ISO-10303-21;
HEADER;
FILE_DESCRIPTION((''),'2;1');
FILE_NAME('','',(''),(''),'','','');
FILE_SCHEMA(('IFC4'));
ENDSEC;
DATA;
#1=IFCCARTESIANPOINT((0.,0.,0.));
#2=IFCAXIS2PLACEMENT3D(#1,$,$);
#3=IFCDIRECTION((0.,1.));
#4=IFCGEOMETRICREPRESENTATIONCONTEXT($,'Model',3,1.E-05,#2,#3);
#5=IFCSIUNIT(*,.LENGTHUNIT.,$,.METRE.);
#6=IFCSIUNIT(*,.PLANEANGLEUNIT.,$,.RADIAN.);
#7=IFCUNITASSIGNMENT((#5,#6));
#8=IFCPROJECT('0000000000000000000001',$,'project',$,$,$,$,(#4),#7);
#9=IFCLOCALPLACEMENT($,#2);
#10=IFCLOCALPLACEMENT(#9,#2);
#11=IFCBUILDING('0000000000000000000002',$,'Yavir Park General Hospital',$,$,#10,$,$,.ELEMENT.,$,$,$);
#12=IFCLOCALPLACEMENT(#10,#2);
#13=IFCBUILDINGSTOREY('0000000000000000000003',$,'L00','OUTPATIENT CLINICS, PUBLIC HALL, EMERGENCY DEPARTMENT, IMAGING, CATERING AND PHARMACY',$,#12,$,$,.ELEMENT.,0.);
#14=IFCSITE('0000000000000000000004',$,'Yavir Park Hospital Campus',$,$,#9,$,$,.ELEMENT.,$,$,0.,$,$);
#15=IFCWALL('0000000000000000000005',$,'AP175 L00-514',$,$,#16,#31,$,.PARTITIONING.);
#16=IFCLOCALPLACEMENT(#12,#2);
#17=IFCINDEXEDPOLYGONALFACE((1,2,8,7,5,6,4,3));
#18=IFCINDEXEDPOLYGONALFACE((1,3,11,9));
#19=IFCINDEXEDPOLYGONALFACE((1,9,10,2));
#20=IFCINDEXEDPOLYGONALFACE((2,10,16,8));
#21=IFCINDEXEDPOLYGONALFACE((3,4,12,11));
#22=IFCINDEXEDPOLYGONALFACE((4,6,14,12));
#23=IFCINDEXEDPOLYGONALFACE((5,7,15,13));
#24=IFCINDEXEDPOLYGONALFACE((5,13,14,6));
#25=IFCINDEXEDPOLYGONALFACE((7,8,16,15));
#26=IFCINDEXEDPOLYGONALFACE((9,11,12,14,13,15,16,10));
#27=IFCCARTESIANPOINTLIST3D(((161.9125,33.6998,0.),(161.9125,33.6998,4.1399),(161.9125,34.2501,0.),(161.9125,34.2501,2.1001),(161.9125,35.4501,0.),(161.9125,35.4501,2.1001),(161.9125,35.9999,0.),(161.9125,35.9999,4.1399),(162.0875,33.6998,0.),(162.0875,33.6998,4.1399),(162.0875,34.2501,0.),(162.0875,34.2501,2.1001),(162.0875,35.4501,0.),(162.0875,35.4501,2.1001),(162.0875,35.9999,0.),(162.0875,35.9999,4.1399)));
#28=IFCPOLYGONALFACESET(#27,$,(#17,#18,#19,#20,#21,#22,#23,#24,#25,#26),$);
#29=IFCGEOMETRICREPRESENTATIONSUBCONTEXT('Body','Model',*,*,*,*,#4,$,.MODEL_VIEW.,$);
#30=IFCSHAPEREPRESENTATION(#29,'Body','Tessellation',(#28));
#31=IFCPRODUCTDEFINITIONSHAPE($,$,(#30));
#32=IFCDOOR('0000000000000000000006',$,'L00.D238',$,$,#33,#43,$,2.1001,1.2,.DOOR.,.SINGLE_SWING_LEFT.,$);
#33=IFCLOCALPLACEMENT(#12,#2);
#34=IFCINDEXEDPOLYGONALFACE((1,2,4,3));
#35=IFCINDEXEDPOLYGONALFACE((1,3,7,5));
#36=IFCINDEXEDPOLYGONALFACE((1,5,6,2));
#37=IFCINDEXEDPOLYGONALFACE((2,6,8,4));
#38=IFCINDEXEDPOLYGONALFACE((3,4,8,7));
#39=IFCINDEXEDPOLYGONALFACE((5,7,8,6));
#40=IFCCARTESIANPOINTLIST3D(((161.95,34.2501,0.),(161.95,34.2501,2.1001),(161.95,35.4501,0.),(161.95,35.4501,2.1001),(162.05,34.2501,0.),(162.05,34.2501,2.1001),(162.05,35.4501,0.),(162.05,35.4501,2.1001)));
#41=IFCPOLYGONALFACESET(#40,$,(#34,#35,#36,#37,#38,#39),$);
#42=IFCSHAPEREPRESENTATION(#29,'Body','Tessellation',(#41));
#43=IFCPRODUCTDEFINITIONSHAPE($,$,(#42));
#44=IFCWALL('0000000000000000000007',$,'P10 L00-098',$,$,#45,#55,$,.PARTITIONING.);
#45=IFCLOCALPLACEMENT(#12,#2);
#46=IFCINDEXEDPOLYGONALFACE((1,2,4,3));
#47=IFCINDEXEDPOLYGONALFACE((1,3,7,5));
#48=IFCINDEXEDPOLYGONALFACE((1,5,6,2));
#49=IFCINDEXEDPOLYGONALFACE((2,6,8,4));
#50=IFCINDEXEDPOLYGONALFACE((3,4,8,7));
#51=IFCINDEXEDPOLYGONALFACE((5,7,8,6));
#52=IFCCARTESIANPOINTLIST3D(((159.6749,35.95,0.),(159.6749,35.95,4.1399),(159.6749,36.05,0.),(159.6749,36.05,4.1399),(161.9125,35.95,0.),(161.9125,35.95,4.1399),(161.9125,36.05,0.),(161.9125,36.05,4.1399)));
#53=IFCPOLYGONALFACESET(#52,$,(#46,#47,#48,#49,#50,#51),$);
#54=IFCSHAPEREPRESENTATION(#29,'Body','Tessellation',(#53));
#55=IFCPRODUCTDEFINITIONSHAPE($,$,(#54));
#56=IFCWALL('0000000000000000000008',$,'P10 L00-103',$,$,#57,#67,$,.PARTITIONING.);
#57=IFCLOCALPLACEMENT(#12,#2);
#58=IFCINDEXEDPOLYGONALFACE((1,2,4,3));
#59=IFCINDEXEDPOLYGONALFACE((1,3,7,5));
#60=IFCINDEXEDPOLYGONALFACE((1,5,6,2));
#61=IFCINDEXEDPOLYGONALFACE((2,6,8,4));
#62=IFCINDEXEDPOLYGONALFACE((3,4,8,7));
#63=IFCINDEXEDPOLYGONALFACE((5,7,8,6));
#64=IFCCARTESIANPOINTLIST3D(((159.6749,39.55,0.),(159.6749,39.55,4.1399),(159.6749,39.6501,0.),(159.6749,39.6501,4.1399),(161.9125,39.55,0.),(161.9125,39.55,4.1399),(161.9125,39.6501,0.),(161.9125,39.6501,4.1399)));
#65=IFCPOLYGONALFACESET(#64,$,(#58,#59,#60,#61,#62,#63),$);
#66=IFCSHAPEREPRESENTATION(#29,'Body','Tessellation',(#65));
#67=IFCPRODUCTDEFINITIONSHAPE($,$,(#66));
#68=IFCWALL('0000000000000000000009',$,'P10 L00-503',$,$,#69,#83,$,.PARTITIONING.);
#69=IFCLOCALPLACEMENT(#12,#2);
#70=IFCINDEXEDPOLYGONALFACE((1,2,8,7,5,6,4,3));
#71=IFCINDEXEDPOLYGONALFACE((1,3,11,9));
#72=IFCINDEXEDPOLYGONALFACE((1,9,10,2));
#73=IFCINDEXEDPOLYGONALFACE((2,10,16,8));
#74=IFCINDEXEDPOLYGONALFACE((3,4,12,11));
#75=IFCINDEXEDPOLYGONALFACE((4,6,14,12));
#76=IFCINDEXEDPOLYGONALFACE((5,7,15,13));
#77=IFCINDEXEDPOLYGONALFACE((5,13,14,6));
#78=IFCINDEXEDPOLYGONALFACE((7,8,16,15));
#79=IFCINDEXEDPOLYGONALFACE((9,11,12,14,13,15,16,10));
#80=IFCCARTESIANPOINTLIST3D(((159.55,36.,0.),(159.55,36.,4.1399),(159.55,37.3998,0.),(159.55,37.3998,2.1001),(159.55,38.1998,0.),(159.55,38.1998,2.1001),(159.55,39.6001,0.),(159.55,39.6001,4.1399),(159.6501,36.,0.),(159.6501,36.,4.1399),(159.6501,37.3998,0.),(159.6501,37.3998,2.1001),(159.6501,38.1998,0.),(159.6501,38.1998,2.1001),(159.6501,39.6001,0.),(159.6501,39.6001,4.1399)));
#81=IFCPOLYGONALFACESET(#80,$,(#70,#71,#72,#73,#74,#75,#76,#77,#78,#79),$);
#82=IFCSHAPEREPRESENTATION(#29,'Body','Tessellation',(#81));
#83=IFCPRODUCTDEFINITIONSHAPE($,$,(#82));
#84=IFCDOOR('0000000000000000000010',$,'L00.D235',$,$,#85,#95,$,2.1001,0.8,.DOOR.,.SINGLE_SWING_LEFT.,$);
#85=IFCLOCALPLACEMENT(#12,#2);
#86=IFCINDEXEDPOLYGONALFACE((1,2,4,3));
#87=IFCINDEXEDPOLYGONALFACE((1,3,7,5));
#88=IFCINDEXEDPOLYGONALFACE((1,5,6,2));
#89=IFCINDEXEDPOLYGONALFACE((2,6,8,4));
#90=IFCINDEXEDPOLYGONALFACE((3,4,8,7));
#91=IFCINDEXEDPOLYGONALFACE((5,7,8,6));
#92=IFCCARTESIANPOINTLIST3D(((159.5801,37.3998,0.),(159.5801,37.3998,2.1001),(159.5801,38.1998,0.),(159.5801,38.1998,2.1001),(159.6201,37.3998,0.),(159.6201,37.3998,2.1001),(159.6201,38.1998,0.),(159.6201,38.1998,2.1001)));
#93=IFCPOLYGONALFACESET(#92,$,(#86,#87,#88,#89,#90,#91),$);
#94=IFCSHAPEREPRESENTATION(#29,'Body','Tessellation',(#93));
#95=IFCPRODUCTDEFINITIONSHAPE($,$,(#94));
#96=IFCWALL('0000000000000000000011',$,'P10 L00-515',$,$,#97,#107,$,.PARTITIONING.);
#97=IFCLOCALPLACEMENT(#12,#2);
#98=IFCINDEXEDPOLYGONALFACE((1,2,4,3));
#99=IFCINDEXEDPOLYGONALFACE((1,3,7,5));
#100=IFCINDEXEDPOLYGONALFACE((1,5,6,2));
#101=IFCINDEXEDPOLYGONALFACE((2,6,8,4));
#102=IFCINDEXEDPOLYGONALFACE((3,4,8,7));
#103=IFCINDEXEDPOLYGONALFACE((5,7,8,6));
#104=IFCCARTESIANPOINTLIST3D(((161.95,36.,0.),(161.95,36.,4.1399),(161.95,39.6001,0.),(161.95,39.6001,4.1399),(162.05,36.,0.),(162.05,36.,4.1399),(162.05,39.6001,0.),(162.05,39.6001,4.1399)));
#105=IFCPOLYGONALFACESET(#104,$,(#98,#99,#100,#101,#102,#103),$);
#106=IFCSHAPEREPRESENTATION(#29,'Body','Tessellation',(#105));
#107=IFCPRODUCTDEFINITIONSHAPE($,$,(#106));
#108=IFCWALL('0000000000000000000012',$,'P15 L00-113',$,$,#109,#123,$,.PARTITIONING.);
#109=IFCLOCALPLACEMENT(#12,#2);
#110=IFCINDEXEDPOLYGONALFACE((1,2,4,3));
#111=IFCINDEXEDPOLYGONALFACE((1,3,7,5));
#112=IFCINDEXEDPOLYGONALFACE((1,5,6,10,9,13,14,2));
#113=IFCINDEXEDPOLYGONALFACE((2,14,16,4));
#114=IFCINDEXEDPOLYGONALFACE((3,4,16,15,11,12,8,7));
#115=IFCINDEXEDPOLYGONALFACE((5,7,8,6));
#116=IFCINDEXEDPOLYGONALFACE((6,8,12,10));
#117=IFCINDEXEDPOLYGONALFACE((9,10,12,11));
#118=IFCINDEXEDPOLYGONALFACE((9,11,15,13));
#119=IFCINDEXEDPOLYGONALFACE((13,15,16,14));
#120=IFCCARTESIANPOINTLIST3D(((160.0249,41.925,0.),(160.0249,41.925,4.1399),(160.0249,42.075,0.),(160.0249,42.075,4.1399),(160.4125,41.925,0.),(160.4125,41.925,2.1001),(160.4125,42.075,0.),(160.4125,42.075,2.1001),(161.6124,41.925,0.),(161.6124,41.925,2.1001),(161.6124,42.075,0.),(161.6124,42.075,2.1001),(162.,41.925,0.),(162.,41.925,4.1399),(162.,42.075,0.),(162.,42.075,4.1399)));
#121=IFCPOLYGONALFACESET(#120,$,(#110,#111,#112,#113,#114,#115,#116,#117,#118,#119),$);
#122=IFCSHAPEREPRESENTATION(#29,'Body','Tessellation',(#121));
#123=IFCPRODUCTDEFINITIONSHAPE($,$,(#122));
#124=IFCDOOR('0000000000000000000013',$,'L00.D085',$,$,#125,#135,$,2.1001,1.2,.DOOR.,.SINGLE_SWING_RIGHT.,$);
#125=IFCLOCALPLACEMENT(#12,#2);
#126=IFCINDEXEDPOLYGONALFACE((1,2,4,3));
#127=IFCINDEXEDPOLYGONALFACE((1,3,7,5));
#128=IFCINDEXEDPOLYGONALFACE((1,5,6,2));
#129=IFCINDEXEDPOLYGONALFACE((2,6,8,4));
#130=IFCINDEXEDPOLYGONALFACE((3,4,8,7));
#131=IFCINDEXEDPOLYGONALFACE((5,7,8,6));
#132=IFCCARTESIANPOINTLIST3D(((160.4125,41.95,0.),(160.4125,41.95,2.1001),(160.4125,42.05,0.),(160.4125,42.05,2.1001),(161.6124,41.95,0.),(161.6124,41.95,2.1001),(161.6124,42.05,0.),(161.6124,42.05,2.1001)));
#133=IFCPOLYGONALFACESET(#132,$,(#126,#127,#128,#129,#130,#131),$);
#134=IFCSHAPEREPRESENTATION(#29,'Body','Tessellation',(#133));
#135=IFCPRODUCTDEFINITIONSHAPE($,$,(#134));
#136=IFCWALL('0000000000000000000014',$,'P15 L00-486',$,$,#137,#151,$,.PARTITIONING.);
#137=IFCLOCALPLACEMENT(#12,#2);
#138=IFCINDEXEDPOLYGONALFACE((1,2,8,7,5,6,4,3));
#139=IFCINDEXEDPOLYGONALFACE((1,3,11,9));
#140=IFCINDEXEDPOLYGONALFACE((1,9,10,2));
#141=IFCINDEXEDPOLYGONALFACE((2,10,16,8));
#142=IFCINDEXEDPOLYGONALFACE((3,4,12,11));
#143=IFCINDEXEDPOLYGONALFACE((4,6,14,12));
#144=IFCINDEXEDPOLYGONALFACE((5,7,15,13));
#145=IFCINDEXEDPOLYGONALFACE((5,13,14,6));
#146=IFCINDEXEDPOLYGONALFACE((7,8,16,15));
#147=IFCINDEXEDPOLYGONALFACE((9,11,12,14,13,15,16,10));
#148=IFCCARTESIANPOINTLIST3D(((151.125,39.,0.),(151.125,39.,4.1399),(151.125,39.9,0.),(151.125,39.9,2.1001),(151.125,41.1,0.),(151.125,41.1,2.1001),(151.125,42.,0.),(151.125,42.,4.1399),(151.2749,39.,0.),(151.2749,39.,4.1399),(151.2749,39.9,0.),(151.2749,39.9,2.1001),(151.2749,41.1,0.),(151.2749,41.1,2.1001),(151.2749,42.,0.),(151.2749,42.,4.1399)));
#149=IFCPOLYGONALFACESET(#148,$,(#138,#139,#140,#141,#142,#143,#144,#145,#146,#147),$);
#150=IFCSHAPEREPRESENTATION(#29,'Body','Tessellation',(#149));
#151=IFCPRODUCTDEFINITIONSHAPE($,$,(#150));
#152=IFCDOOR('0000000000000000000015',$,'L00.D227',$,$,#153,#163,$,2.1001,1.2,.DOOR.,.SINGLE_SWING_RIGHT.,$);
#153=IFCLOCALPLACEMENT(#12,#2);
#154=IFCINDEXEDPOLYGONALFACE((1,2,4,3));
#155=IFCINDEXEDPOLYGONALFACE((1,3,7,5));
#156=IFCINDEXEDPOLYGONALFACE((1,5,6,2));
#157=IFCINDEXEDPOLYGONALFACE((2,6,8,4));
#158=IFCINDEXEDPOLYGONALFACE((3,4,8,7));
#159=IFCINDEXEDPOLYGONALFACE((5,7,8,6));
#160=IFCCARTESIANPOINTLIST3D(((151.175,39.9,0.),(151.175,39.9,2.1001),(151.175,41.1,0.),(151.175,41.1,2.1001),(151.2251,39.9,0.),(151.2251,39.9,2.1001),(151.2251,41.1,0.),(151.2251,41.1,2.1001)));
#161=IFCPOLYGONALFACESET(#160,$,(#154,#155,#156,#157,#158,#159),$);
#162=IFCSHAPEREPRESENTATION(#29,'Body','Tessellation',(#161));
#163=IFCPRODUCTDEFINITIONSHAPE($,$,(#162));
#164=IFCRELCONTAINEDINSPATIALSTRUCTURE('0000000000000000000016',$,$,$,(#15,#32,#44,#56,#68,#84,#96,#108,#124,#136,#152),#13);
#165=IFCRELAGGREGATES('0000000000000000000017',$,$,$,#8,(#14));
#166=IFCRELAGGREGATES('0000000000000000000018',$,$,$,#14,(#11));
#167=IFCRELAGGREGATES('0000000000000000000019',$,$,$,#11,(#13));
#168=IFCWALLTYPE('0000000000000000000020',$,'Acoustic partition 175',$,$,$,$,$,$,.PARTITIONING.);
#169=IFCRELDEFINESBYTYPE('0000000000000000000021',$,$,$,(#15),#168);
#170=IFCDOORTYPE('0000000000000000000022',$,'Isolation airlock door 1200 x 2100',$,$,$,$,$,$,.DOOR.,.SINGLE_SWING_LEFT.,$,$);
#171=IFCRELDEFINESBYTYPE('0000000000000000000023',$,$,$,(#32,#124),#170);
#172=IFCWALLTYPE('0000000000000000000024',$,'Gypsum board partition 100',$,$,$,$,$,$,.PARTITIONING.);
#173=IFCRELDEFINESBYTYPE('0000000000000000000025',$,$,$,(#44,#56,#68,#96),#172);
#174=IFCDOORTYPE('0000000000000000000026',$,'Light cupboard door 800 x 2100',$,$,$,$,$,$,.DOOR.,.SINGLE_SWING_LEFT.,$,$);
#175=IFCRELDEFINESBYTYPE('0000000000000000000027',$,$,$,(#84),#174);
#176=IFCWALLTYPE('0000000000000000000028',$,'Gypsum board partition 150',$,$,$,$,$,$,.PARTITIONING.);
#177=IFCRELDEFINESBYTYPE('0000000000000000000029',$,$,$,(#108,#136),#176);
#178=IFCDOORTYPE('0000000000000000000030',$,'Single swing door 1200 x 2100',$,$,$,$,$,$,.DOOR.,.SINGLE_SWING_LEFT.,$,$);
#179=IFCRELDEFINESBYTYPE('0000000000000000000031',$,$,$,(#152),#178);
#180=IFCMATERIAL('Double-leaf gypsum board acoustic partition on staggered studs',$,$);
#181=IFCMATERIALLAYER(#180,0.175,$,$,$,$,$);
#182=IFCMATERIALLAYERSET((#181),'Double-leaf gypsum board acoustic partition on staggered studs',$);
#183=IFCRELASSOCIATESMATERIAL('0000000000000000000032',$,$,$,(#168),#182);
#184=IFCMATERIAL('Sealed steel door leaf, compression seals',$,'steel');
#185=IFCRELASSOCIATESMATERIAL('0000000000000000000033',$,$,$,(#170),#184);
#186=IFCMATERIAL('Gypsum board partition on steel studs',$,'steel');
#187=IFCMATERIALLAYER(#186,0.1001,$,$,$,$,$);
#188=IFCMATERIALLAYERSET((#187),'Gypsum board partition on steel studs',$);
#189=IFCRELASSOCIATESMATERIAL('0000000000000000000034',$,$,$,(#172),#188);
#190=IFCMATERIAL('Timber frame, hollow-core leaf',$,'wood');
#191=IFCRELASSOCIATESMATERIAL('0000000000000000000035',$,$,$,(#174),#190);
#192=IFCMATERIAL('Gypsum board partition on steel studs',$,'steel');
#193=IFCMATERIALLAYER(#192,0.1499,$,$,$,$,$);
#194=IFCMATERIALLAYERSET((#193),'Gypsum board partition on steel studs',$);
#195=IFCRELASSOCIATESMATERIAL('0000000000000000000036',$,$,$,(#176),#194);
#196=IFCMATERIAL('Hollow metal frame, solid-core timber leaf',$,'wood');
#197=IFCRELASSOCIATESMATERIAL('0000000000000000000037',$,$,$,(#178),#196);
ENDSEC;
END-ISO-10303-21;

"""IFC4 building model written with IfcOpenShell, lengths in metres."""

from ifc_helpers import new_model, si_unit, direction, frame, frame_2d, origin, place, context, subcontext, project, spatial, rectangle, extrude, material, layer, layer_set, type_object, element, fill, save


model = new_model("IFC4")

# Units and contexts
model_context = context("Model", 3, precision=1e-05, world=origin(), true_north=direction((0.0, 1.0)))
body_context = subcontext(model_context, "Body", "Model", "MODEL_VIEW")
ifc_project = project(units=[si_unit("LENGTHUNIT", "METRE"), si_unit("PLANEANGLEUNIT", "RADIAN")], contexts=[model_context])

# Site, building, storey
site_placement = place(None, origin())
site = spatial("IfcSite", under=ifc_project, at=site_placement, Name="Yavir Park Hospital Campus", CompositionType="ELEMENT", RefElevation=0.0)
building_placement = place(site_placement, origin())
building = spatial("IfcBuilding", under=site, at=building_placement, Name="Yavir Park General Hospital", CompositionType="ELEMENT")
storey_placement = place(building_placement, origin())
storey = spatial("IfcBuildingStorey", under=building, at=storey_placement, Name="L00", Description="OUTPATIENT CLINICS, PUBLIC HALL, EMERGENCY DEPARTMENT, IMAGING, CATERING AND PHARMACY", CompositionType="ELEMENT", Elevation=0.0)

# Wall, opening, door
ifc_material_1 = material(Name="Double-leaf gypsum board acoustic partition on staggered studs")
ifc_layer_1 = layer(ifc_material_1, 0.175)
ifc_layer_set_1 = layer_set([ifc_layer_1], Name="Double-leaf gypsum board acoustic partition on staggered studs")
wall_type_1 = type_object("IfcWallType", Name="Acoustic partition 175", PredefinedType="PARTITIONING", material=ifc_layer_set_1)
wall_1_placement = place(storey_placement, frame((162.0, 33.7, 0.0), z_axis=(0.0, 0.0, 1.0), x_axis=(0.0, 1.0, 0.0)))
wall_1 = element("IfcWall", 1, at=wall_1_placement, inside=storey, type_object=wall_type_1, Name="AP175 L00-514", PredefinedType="PARTITIONING", context=body_context, shape_type="SweptSolid", body=[
    extrude(rectangle(XDim=2.3, YDim=0.175, at=frame_2d((1.1499, 0.0))), origin(), (0.0, 0.0, 1.0), 4.1399),
])
opening_1_placement = place(wall_1_placement, frame((0.55, 0.0, 0.0)))
opening_1 = element("IfcOpeningElement", 2, at=opening_1_placement, cuts=wall_1, PredefinedType="OPENING", context=body_context, shape_type="SweptSolid", body=[
    extrude(rectangle(XDim=1.2, YDim=2.1001, at=frame_2d((0.6001, 1.05))), frame((0.0, 0.0974, 0.0), z_axis=(0.0, -1.0, 0.0), x_axis=(1.0, 0.0, 0.0)), (0.0, 0.0, 1.0), 0.1951),
])
ifc_material_2 = material(Name="Sealed steel door leaf, compression seals", Category="steel")
door_type_1 = type_object("IfcDoorType", Name="Isolation airlock door 1200 x 2100", OperationType="SINGLE_SWING_LEFT", PredefinedType="DOOR", material=ifc_material_2)
door_1_placement = place(opening_1_placement, origin())
door_1 = element("IfcDoor", 3, at=door_1_placement, inside=storey, type_object=door_type_1, Name="L00.D238", OperationType="SINGLE_SWING_LEFT", OverallHeight=2.1001, OverallWidth=1.2, PredefinedType="DOOR", context=body_context, shape_type="SweptSolid", body=[
    extrude(rectangle(XDim=1.2, YDim=2.1001, at=frame_2d((0.6001, 1.05))), frame((0.0, 0.05, 0.0), z_axis=(0.0, -1.0, 0.0), x_axis=(1.0, 0.0, 0.0)), (0.0, 0.0, 1.0), 0.1001),
])
fill(opening_1, door_1)

# Walls
ifc_material_3 = material(Name="Gypsum board partition on steel studs", Category="steel")
ifc_layer_2 = layer(ifc_material_3, 0.1001)
ifc_layer_set_2 = layer_set([ifc_layer_2], Name="Gypsum board partition on steel studs")
wall_type_2 = type_object("IfcWallType", Name="Gypsum board partition 100", PredefinedType="PARTITIONING", material=ifc_layer_set_2)
for number, where, z_axis, x_axis, name in (
    (4, (159.675, 36.0, 0.0), (0.0, 0.0, 1.0), (1.0, 0.0, 0.0), "P10 L00-098"),
    (5, (159.675, 39.6001, 0.0), (0.0, 0.0, 1.0), (1.0, 0.0, 0.0), "P10 L00-103"),
):
    element("IfcWall", number, at=place(storey_placement, frame(where, z_axis=z_axis, x_axis=x_axis)), inside=storey, type_object=wall_type_2, Name=name, PredefinedType="PARTITIONING", context=body_context, shape_type="SweptSolid", body=[
        extrude(rectangle(XDim=2.2375, YDim=0.1001, at=frame_2d((1.1187, 0.0))), origin(), (0.0, 0.0, 1.0), 4.1399),
    ])

# Wall, opening, door
wall_2_placement = place(storey_placement, frame((159.6001, 36.0, 0.0), z_axis=(0.0, 0.0, 1.0), x_axis=(0.0, 1.0, 0.0)))
wall_2 = element("IfcWall", 6, at=wall_2_placement, inside=storey, type_object=wall_type_2, Name="P10 L00-503", PredefinedType="PARTITIONING", context=body_context, shape_type="SweptSolid", body=[
    extrude(rectangle(XDim=3.6001, YDim=0.1001, at=frame_2d((1.8, 0.0))), origin(), (0.0, 0.0, 1.0), 4.1399),
])
opening_2_placement = place(wall_2_placement, frame((1.3999, 0.0, 0.0)))
opening_2 = element("IfcOpeningElement", 7, at=opening_2_placement, cuts=wall_2, PredefinedType="OPENING", context=body_context, shape_type="SweptSolid", body=[
    extrude(rectangle(XDim=0.8, YDim=2.1001, at=frame_2d((0.3999, 1.05))), frame((0.0, 0.0601, 0.0), z_axis=(0.0, -1.0, 0.0), x_axis=(1.0, 0.0, 0.0)), (0.0, 0.0, 1.0), 0.1201),
])
ifc_material_4 = material(Name="Timber frame, hollow-core leaf", Category="wood")
door_type_2 = type_object("IfcDoorType", Name="Light cupboard door 800 x 2100", OperationType="SINGLE_SWING_LEFT", PredefinedType="DOOR", material=ifc_material_4)
door_2_placement = place(opening_2_placement, origin())
door_2 = element("IfcDoor", 8, at=door_2_placement, inside=storey, type_object=door_type_2, Name="L00.D235", OperationType="SINGLE_SWING_LEFT", OverallHeight=2.1001, OverallWidth=0.8, PredefinedType="DOOR", context=body_context, shape_type="SweptSolid", body=[
    extrude(rectangle(XDim=0.8, YDim=2.1001, at=frame_2d((0.3999, 1.05))), frame((0.0, 0.02, 0.0), z_axis=(0.0, -1.0, 0.0), x_axis=(1.0, 0.0, 0.0)), (0.0, 0.0, 1.0), 0.04),
])
fill(opening_2, door_2)

# Wall
wall_3_placement = place(storey_placement, frame((162.0, 36.0, 0.0), z_axis=(0.0, 0.0, 1.0), x_axis=(0.0, 1.0, 0.0)))
element("IfcWall", 9, at=wall_3_placement, inside=storey, type_object=wall_type_2, Name="P10 L00-515", PredefinedType="PARTITIONING", context=body_context, shape_type="SweptSolid", body=[
    extrude(rectangle(XDim=3.6001, YDim=0.1001, at=frame_2d((1.8, 0.0))), origin(), (0.0, 0.0, 1.0), 4.1399),
])

# Walls, openings, doors
ifc_material_5 = material(Name="Gypsum board partition on steel studs", Category="steel")
ifc_layer_3 = layer(ifc_material_5, 0.1499)
ifc_layer_set_3 = layer_set([ifc_layer_3], Name="Gypsum board partition on steel studs")
wall_type_3 = type_object("IfcWallType", Name="Gypsum board partition 150", PredefinedType="PARTITIONING", material=ifc_layer_set_3)
wall_4_placement = place(storey_placement, frame((160.0249, 42.0, 0.0), z_axis=(0.0, 0.0, 1.0), x_axis=(1.0, 0.0, 0.0)))
wall_4 = element("IfcWall", 10, at=wall_4_placement, inside=storey, type_object=wall_type_3, Name="P15 L00-113", PredefinedType="PARTITIONING", context=body_context, shape_type="SweptSolid", body=[
    extrude(rectangle(XDim=1.9751, YDim=0.1499, at=frame_2d((0.9875, 0.0))), origin(), (0.0, 0.0, 1.0), 4.1399),
])
opening_3_placement = place(wall_4_placement, frame((0.3875, 0.0, 0.0)))
opening_3 = element("IfcOpeningElement", 11, at=opening_3_placement, cuts=wall_4, PredefinedType="OPENING", context=body_context, shape_type="SweptSolid", body=[
    extrude(rectangle(XDim=1.2, YDim=2.1001, at=frame_2d((0.6001, 1.05))), frame((0.0, 0.085, 0.0), z_axis=(0.0, -1.0, 0.0), x_axis=(1.0, 0.0, 0.0)), (0.0, 0.0, 1.0), 0.1699),
])
door_3_placement = place(opening_3_placement, origin())
door_3 = element("IfcDoor", 12, at=door_3_placement, inside=storey, type_object=door_type_1, Name="L00.D085", OperationType="SINGLE_SWING_RIGHT", OverallHeight=2.1001, OverallWidth=1.2, PredefinedType="DOOR", context=body_context, shape_type="SweptSolid", body=[
    extrude(rectangle(XDim=1.2, YDim=2.1001, at=frame_2d((0.6001, 1.05))), frame((0.0, 0.05, 0.0), z_axis=(0.0, -1.0, 0.0), x_axis=(1.0, 0.0, 0.0)), (0.0, 0.0, 1.0), 0.1001),
])
fill(opening_3, door_3)
wall_5_placement = place(storey_placement, frame((151.2, 39.0, 0.0), z_axis=(0.0, 0.0, 1.0), x_axis=(0.0, 1.0, 0.0)))
wall_5 = element("IfcWall", 13, at=wall_5_placement, inside=storey, type_object=wall_type_3, Name="P15 L00-486", PredefinedType="PARTITIONING", context=body_context, shape_type="SweptSolid", body=[
    extrude(rectangle(XDim=3.0, YDim=0.1499, at=frame_2d((1.5, 0.0))), origin(), (0.0, 0.0, 1.0), 4.1399),
])
opening_4_placement = place(wall_5_placement, frame((0.8999, 0.0, 0.0)))
opening_4 = element("IfcOpeningElement", 14, at=opening_4_placement, cuts=wall_5, PredefinedType="OPENING", context=body_context, shape_type="SweptSolid", body=[
    extrude(rectangle(XDim=1.2, YDim=2.1001, at=frame_2d((0.6001, 1.05))), frame((0.0, 0.085, 0.0), z_axis=(0.0, -1.0, 0.0), x_axis=(1.0, 0.0, 0.0)), (0.0, 0.0, 1.0), 0.1699),
])
ifc_material_6 = material(Name="Hollow metal frame, solid-core timber leaf", Category="wood")
door_type_3 = type_object("IfcDoorType", Name="Single swing door 1200 x 2100", OperationType="SINGLE_SWING_LEFT", PredefinedType="DOOR", material=ifc_material_6)
door_4_placement = place(opening_4_placement, origin())
door_4 = element("IfcDoor", 15, at=door_4_placement, inside=storey, type_object=door_type_3, Name="L00.D227", OperationType="SINGLE_SWING_RIGHT", OverallHeight=2.1001, OverallWidth=1.2, PredefinedType="DOOR", context=body_context, shape_type="SweptSolid", body=[
    extrude(rectangle(XDim=1.2, YDim=2.1001, at=frame_2d((0.6001, 1.05))), frame((0.0, 0.0249, 0.0), z_axis=(0.0, -1.0, 0.0), x_axis=(1.0, 0.0, 0.0)), (0.0, 0.0, 1.0), 0.05),
])
fill(opening_4, door_4)

save(model, "model.ifc")
